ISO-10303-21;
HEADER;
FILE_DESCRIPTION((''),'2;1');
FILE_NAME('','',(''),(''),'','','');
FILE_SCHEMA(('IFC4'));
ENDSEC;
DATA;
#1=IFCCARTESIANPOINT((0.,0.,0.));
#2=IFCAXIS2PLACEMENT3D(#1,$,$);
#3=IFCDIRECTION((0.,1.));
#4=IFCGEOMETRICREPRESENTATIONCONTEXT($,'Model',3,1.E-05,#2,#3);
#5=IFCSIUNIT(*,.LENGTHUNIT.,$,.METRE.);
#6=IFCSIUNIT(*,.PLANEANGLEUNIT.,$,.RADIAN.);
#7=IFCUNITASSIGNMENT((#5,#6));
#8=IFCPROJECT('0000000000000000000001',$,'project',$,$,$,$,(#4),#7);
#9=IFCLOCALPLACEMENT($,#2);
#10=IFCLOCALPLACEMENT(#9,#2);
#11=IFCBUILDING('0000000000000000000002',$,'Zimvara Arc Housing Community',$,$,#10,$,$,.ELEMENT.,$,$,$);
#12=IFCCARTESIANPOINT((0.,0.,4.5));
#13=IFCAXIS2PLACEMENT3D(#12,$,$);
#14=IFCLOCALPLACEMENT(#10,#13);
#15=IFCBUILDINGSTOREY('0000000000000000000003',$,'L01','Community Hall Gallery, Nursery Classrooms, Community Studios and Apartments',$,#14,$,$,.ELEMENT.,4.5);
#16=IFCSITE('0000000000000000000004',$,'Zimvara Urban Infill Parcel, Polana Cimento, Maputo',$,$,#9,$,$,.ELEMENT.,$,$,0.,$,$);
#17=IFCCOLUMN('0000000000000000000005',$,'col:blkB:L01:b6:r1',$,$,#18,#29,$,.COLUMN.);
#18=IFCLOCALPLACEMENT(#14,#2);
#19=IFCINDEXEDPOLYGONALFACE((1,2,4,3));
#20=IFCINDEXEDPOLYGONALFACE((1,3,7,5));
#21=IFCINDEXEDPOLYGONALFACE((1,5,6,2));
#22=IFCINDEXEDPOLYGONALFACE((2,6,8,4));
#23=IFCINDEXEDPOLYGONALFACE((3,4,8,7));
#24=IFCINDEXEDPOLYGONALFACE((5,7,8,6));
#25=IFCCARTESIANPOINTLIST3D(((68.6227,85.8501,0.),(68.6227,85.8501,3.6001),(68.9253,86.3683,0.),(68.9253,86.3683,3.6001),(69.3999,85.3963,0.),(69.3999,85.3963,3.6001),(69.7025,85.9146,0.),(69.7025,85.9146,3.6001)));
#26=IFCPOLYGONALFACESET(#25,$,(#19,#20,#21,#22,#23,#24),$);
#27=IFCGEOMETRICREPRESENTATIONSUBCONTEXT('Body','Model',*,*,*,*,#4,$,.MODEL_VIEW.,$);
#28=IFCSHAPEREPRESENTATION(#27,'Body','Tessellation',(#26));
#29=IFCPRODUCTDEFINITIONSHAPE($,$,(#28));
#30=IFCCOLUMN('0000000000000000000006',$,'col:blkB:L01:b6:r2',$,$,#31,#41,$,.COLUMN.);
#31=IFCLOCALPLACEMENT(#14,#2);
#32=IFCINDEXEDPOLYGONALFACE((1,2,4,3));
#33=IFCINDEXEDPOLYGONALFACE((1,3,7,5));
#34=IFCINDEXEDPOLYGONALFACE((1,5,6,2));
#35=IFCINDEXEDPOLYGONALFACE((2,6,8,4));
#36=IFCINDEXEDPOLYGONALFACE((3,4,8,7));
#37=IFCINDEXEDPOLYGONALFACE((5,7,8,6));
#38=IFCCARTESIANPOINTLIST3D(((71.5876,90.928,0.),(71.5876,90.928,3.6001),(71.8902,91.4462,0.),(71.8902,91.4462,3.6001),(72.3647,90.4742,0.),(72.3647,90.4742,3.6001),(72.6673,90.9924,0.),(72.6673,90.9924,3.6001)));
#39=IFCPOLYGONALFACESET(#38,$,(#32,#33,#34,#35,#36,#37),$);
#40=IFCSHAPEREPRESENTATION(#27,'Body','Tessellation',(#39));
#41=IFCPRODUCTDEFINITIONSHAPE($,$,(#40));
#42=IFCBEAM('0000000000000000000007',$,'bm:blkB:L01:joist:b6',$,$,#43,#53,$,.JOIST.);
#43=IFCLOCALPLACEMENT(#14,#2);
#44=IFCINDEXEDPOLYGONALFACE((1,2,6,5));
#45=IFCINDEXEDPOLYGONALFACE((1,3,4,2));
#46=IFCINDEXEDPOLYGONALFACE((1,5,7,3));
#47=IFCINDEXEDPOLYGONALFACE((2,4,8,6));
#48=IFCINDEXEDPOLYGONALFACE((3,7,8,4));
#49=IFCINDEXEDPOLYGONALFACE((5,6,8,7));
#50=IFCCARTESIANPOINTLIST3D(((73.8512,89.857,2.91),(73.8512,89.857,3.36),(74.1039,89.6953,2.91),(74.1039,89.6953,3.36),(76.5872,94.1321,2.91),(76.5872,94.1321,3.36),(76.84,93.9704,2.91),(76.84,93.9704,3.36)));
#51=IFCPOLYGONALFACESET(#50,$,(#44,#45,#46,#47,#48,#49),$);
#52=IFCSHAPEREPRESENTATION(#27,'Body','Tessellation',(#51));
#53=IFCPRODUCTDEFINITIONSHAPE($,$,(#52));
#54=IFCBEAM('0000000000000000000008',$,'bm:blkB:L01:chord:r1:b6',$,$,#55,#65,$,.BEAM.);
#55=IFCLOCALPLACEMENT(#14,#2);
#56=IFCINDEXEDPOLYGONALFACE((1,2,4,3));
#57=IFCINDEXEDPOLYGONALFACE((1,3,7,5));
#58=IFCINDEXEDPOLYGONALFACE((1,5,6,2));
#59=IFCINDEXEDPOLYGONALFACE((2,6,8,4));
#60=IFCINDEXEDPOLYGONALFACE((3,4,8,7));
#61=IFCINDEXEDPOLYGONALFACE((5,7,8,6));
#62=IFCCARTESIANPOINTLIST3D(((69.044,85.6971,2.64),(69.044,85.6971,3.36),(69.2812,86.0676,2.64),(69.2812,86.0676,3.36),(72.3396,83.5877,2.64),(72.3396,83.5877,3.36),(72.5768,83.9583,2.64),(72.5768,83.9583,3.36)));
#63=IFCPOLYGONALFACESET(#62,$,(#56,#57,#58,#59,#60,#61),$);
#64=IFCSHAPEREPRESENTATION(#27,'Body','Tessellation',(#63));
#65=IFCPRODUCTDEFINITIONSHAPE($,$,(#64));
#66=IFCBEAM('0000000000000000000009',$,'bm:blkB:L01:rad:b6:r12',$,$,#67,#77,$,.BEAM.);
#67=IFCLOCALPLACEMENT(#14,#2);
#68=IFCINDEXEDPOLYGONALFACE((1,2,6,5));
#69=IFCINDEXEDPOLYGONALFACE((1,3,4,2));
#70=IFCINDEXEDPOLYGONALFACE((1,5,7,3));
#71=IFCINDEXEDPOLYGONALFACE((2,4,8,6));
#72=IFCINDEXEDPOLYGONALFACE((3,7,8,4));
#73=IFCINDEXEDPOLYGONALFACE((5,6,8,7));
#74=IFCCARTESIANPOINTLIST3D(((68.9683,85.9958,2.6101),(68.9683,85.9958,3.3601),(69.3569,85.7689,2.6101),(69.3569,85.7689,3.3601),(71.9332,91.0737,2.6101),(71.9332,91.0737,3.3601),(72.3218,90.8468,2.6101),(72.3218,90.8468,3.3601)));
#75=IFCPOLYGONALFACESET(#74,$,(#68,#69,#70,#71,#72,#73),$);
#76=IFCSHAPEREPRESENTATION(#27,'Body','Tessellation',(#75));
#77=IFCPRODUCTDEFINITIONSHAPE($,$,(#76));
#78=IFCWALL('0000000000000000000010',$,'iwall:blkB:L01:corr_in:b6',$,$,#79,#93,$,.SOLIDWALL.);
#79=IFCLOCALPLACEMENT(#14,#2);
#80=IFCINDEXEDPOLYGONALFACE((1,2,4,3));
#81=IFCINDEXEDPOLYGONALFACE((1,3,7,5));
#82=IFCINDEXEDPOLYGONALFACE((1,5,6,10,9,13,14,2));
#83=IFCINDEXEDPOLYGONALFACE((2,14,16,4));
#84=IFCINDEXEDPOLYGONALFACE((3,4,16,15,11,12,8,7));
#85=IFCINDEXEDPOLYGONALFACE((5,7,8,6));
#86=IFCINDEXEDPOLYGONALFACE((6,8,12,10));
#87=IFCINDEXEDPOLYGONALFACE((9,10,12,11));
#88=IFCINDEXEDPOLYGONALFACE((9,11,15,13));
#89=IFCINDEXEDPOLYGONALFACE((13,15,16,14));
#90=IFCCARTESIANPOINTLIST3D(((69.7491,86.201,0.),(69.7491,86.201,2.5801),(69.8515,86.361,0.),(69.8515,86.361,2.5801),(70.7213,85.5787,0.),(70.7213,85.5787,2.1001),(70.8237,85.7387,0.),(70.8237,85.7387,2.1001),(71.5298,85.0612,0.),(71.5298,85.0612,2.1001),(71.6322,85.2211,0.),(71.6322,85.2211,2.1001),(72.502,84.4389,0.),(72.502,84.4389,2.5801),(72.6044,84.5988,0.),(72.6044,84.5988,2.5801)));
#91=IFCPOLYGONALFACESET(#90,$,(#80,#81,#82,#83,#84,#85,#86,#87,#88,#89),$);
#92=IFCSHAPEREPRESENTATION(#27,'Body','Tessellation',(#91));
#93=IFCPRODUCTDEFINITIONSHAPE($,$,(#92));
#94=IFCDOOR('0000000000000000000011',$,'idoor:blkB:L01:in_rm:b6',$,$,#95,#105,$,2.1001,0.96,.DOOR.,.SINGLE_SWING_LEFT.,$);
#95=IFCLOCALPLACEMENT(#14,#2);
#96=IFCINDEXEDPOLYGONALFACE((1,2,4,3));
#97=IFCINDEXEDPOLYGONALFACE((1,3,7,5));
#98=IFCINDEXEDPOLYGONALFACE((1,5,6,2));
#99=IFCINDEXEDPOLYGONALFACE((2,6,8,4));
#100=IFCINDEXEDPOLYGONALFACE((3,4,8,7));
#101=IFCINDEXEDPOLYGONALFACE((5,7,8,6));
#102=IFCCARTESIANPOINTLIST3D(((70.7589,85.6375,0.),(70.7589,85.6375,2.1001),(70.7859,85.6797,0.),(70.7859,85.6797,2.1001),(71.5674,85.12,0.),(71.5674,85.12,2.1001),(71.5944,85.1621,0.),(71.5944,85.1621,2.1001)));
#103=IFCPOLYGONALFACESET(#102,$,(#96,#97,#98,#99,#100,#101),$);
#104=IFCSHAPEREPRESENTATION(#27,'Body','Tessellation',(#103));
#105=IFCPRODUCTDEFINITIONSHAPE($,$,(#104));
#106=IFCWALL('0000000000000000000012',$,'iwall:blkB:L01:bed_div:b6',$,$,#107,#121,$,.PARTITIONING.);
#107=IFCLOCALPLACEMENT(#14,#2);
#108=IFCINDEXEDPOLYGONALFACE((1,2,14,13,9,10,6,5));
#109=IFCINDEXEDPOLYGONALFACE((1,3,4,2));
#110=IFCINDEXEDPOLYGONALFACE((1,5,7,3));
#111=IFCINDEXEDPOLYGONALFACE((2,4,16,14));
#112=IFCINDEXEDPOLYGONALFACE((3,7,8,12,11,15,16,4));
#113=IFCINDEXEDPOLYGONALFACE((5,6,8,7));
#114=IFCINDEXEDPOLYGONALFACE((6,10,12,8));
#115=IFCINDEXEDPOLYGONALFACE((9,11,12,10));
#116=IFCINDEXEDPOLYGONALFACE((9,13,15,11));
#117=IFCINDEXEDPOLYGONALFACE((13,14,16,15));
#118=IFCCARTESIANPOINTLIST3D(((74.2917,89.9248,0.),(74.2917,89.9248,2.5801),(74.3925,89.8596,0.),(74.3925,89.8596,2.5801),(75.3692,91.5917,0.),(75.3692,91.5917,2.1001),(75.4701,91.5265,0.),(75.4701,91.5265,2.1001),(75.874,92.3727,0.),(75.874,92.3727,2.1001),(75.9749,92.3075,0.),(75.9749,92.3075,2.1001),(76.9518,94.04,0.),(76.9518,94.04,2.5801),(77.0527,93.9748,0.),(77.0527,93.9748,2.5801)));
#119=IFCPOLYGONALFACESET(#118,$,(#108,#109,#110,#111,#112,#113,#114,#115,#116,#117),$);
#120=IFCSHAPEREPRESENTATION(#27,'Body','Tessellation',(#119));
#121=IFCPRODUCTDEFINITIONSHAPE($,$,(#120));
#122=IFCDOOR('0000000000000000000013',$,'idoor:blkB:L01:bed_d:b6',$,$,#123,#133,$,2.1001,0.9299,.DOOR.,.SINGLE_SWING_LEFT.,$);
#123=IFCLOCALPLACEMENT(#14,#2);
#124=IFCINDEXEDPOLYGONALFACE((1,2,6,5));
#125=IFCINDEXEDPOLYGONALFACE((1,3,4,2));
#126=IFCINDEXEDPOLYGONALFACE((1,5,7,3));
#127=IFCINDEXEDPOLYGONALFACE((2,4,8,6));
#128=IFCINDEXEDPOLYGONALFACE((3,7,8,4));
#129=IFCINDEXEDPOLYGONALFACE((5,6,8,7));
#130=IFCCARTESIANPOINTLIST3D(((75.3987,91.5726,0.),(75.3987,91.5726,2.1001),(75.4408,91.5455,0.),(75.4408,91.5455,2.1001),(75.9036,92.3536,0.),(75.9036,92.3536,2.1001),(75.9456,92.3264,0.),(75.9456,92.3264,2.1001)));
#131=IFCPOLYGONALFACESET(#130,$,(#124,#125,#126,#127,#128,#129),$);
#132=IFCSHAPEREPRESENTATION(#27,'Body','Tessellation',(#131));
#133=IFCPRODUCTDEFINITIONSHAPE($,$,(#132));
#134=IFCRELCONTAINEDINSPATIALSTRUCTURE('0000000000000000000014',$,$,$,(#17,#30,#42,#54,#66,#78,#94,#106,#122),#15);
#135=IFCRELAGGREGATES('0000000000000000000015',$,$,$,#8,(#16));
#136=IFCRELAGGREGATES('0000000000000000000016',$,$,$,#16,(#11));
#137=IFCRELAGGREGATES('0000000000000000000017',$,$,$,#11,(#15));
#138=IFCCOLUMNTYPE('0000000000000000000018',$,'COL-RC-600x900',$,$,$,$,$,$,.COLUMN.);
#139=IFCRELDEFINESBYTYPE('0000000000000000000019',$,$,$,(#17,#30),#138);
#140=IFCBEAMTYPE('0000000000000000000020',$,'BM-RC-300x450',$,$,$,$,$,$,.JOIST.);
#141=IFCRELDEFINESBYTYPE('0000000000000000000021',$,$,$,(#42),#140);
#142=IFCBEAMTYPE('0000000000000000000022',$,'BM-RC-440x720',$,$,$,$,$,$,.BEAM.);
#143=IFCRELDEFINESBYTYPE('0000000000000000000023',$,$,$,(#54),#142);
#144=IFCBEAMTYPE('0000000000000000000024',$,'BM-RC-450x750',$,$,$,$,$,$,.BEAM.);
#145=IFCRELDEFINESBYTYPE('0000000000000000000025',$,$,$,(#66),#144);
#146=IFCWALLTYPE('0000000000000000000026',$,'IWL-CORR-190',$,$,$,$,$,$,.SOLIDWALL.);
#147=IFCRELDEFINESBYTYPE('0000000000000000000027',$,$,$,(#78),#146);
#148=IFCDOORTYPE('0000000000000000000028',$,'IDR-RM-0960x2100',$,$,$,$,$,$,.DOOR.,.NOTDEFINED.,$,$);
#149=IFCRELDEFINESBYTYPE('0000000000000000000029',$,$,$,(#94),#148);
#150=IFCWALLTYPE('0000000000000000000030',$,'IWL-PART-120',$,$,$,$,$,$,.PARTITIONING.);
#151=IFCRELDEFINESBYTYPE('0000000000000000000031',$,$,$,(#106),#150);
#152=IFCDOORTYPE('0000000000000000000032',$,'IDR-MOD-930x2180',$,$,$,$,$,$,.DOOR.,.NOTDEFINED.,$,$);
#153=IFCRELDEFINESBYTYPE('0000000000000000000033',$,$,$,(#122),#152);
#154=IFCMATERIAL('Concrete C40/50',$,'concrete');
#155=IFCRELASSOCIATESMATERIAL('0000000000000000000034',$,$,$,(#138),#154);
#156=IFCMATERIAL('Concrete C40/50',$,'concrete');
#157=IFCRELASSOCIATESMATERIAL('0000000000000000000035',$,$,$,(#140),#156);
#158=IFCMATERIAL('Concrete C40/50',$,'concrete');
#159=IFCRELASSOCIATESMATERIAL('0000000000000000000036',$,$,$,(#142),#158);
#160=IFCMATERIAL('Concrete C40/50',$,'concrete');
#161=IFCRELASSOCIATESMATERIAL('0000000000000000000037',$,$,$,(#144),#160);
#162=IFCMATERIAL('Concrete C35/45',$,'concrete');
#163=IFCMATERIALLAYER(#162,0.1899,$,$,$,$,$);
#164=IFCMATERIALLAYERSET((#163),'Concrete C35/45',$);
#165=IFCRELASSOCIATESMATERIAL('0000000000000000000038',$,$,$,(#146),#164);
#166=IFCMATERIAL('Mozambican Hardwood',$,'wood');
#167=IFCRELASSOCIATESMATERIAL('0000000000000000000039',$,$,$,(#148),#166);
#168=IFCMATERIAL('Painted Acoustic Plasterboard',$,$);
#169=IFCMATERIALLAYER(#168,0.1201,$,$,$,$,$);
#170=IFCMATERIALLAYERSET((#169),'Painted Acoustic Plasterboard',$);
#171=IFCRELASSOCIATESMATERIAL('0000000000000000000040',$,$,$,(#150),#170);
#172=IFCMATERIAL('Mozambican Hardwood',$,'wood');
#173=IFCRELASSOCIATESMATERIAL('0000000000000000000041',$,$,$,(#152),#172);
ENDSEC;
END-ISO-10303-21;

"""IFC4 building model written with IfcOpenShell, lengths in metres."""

from ifc_helpers import new_model, si_unit, direction, frame, frame_2d, origin, origin_2d, place, context, subcontext, project, spatial, rectangle, extrude, material, layer, layer_set, material_profile, profile_set, type_object, element, fill, save


model = new_model("IFC4")

# Units and contexts
model_context = context("Model", 3, precision=1e-05, world=origin(), true_north=direction((0.0, 1.0)))
body_context = subcontext(model_context, "Body", "Model", "MODEL_VIEW")
ifc_project = project(units=[si_unit("LENGTHUNIT", "METRE"), si_unit("PLANEANGLEUNIT", "RADIAN")], contexts=[model_context])

# Site, building, storey
site_placement = place(None, origin())
site = spatial("IfcSite", under=ifc_project, at=site_placement, Name="Zimvara Urban Infill Parcel, Polana Cimento, Maputo", CompositionType="ELEMENT", RefElevation=0.0)
building_placement = place(site_placement, origin())
building = spatial("IfcBuilding", under=site, at=building_placement, Name="Zimvara Arc Housing Community", CompositionType="ELEMENT")
storey_placement = place(building_placement, frame((0.0, 0.0, 4.5)))
storey = spatial("IfcBuildingStorey", under=building, at=storey_placement, Name="L01", Description="Community Hall Gallery, Nursery Classrooms, Community Studios and Apartments", CompositionType="ELEMENT", Elevation=4.5)

# Columns
ifc_material_1 = material(Name="Concrete C40/50", Category="concrete")
ifc_material_profile_1 = material_profile(ifc_material_1, rectangle(XDim=0.6001, YDim=0.8999, at=origin_2d()), Name="RC 600x900")
ifc_profile_set_1 = profile_set([ifc_material_profile_1], Name="Concrete C40/50")
column_type = type_object("IfcColumnType", Name="COL-RC-600x900", PredefinedType="COLUMN", material=ifc_profile_set_1)
for number, where, z_axis, x_axis, name in (
    (1, (69.1626, 85.8823, 0.0), (0.0, 0.0, 1.0), (0.504226, 0.863572, 0.0), "col:blkB:L01:b6:r1"),
    (2, (72.1274, 90.9602, 0.0), (0.0, 0.0, 1.0), (0.504226, 0.863572, 0.0), "col:blkB:L01:b6:r2"),
):
    element("IfcColumn", number, at=place(storey_placement, frame(where, z_axis=z_axis, x_axis=x_axis)), inside=storey, type_object=column_type, Name=name, PredefinedType="COLUMN", context=body_context, shape_type="SweptSolid", body=[
        extrude(rectangle(XDim=0.6001, YDim=0.8999, at=origin_2d()), origin(), (0.0, 0.0, 1.0), 3.6001),
    ])

# Beams
ifc_material_2 = material(Name="Concrete C40/50", Category="concrete")
ifc_material_profile_2 = material_profile(ifc_material_2, rectangle(XDim=0.3, YDim=0.45, at=origin_2d()), Name="RC 300x450")
ifc_profile_set_2 = profile_set([ifc_material_profile_2], Name="Concrete C40/50")
beam_type_1 = type_object("IfcBeamType", Name="BM-RC-300x450", PredefinedType="JOIST", material=ifc_profile_set_2)
beam_1_placement = place(storey_placement, frame((73.9775, 89.7761, 3.135), z_axis=(0.539052, 0.842272, 0.0), x_axis=(-0.842272, 0.539052, 0.0)))
element("IfcBeam", 3, at=beam_1_placement, inside=storey, type_object=beam_type_1, Name="bm:blkB:L01:joist:b6", PredefinedType="JOIST", context=body_context, shape_type="SweptSolid", body=[
    extrude(rectangle(XDim=0.3, YDim=0.45, at=origin_2d()), origin(), (0.0, 0.0, 1.0), 5.0757),
])
ifc_material_3 = material(Name="Concrete C40/50", Category="concrete")
ifc_material_profile_3 = material_profile(ifc_material_3, rectangle(XDim=0.4399, YDim=0.72, at=origin_2d()), Name="RC 440x720")
ifc_profile_set_3 = profile_set([ifc_material_profile_3], Name="Concrete C40/50")
beam_type_2 = type_object("IfcBeamType", Name="BM-RC-440x720", PredefinedType="BEAM", material=ifc_profile_set_3)
beam_2_placement = place(storey_placement, frame((69.1626, 85.8823, 3.0), z_axis=(0.842253, -0.539082, 0.0), x_axis=(0.539082, 0.842253, 0.0)))
element("IfcBeam", 4, at=beam_2_placement, inside=storey, type_object=beam_type_2, Name="bm:blkB:L01:chord:r1:b6", PredefinedType="BEAM", context=body_context, shape_type="SweptSolid", body=[
    extrude(rectangle(XDim=0.4399, YDim=0.72, at=origin_2d()), origin(), (0.0, 0.0, 1.0), 3.9128),
])
ifc_material_4 = material(Name="Concrete C40/50", Category="concrete")
ifc_material_profile_4 = material_profile(ifc_material_4, rectangle(XDim=0.45, YDim=0.75, at=origin_2d()), Name="RC 450x750")
ifc_profile_set_4 = profile_set([ifc_material_profile_4], Name="Concrete C40/50")
beam_type_3 = type_object("IfcBeamType", Name="BM-RC-450x750", PredefinedType="BEAM", material=ifc_profile_set_4)
beam_3_placement = place(storey_placement, frame((69.1626, 85.8823, 2.9851), z_axis=(0.504219, 0.863576, 0.0), x_axis=(-0.863576, 0.504219, 0.0)))
element("IfcBeam", 5, at=beam_3_placement, inside=storey, type_object=beam_type_3, Name="bm:blkB:L01:rad:b6:r12", PredefinedType="BEAM", context=body_context, shape_type="SweptSolid", body=[
    extrude(rectangle(XDim=0.45, YDim=0.75, at=origin_2d()), origin(), (0.0, 0.0, 1.0), 5.8801),
])

# Walls, openings, doors
ifc_material_5 = material(Name="Concrete C35/45", Category="concrete")
ifc_layer_1 = layer(ifc_material_5, 0.1899)
ifc_layer_set_1 = layer_set([ifc_layer_1], Name="Concrete C35/45")
wall_type_1 = type_object("IfcWallType", Name="IWL-CORR-190", PredefinedType="SOLIDWALL", material=ifc_layer_set_1)
wall_1_placement = place(storey_placement, frame((69.8003, 86.281, 0.0), z_axis=(0.0, 0.0, 1.0), x_axis=(0.842225, -0.539126, 0.0)))
wall_1 = element("IfcWall", 6, at=wall_1_placement, inside=storey, type_object=wall_type_1, Name="iwall:blkB:L01:corr_in:b6", PredefinedType="SOLIDWALL", context=body_context, shape_type="SweptSolid", body=[
    extrude(rectangle(XDim=3.2686, YDim=0.1899, at=frame_2d((1.6343, 0.0))), origin(), (0.0, 0.0, 1.0), 2.5801),
])
opening_1_placement = place(wall_1_placement, frame((1.1543, 0.0, 0.0)))
opening_1 = element("IfcOpeningElement", 7, at=opening_1_placement, cuts=wall_1, PredefinedType="OPENING", context=body_context, shape_type="SweptSolid", body=[
    extrude(rectangle(XDim=0.96, YDim=2.1001, at=frame_2d((0.48, 1.05))), frame((0.0, 0.105, 0.0), z_axis=(0.0, -1.0, 0.0), x_axis=(1.0, 0.0, 0.0)), (0.0, 0.0, 1.0), 0.21),
])
ifc_material_6 = material(Name="Mozambican Hardwood", Category="wood")
door_type_1 = type_object("IfcDoorType", Name="IDR-RM-0960x2100", OperationType="NOTDEFINED", PredefinedType="DOOR", material=ifc_material_6)
door_1_placement = place(opening_1_placement, origin())
door_1 = element("IfcDoor", 8, at=door_1_placement, inside=storey, type_object=door_type_1, Name="idoor:blkB:L01:in_rm:b6", OperationType="SINGLE_SWING_LEFT", OverallHeight=2.1001, OverallWidth=0.96, PredefinedType="DOOR", context=body_context, shape_type="SweptSolid", body=[
    extrude(rectangle(XDim=0.96, YDim=2.1001, at=frame_2d((0.48, 1.05))), frame((0.0, 0.0249, 0.0), z_axis=(0.0, -1.0, 0.0), x_axis=(1.0, 0.0, 0.0)), (0.0, 0.0, 1.0), 0.05),
])
fill(opening_1, door_1)
ifc_material_7 = material(Name="Painted Acoustic Plasterboard")
ifc_layer_2 = layer(ifc_material_7, 0.1201)
ifc_layer_set_2 = layer_set([ifc_layer_2], Name="Painted Acoustic Plasterboard")
wall_type_2 = type_object("IfcWallType", Name="IWL-PART-120", PredefinedType="PARTITIONING", material=ifc_layer_set_2)
wall_2_placement = place(storey_placement, frame((74.342, 89.8921, 0.0), z_axis=(0.0, 0.0, 1.0), x_axis=(0.542871, 0.839816, 0.0)))
wall_2 = element("IfcWall", 9, at=wall_2_placement, inside=storey, type_object=wall_type_2, Name="iwall:blkB:L01:bed_div:b6", PredefinedType="PARTITIONING", context=body_context, shape_type="SweptSolid", body=[
    extrude(rectangle(XDim=4.9001, YDim=0.1201, at=frame_2d((2.4502, 0.0))), origin(), (0.0, 0.0, 1.0), 2.5801),
])
opening_2_placement = place(wall_2_placement, frame((1.9851, 0.0, 0.0)))
opening_2 = element("IfcOpeningElement", 10, at=opening_2_placement, cuts=wall_2, PredefinedType="OPENING", context=body_context, shape_type="SweptSolid", body=[
    extrude(rectangle(XDim=0.9299, YDim=2.1001, at=frame_2d((0.4648, 1.05))), frame((0.0, 0.0701, 0.0), z_axis=(0.0, -1.0, 0.0), x_axis=(1.0, 0.0, 0.0)), (0.0, 0.0, 1.0), 0.1401),
])
ifc_material_8 = material(Name="Mozambican Hardwood", Category="wood")
door_type_2 = type_object("IfcDoorType", Name="IDR-MOD-930x2180", OperationType="NOTDEFINED", PredefinedType="DOOR", material=ifc_material_8)
door_2_placement = place(opening_2_placement, origin())
door_2 = element("IfcDoor", 11, at=door_2_placement, inside=storey, type_object=door_type_2, Name="idoor:blkB:L01:bed_d:b6", OperationType="SINGLE_SWING_LEFT", OverallHeight=2.1001, OverallWidth=0.9299, PredefinedType="DOOR", context=body_context, shape_type="SweptSolid", body=[
    extrude(rectangle(XDim=0.9299, YDim=2.1001, at=frame_2d((0.4648, 1.05))), frame((0.0, 0.0249, 0.0), z_axis=(0.0, -1.0, 0.0), x_axis=(1.0, 0.0, 0.0)), (0.0, 0.0, 1.0), 0.05),
])
fill(opening_2, door_2)

save(model, "model.ifc")
